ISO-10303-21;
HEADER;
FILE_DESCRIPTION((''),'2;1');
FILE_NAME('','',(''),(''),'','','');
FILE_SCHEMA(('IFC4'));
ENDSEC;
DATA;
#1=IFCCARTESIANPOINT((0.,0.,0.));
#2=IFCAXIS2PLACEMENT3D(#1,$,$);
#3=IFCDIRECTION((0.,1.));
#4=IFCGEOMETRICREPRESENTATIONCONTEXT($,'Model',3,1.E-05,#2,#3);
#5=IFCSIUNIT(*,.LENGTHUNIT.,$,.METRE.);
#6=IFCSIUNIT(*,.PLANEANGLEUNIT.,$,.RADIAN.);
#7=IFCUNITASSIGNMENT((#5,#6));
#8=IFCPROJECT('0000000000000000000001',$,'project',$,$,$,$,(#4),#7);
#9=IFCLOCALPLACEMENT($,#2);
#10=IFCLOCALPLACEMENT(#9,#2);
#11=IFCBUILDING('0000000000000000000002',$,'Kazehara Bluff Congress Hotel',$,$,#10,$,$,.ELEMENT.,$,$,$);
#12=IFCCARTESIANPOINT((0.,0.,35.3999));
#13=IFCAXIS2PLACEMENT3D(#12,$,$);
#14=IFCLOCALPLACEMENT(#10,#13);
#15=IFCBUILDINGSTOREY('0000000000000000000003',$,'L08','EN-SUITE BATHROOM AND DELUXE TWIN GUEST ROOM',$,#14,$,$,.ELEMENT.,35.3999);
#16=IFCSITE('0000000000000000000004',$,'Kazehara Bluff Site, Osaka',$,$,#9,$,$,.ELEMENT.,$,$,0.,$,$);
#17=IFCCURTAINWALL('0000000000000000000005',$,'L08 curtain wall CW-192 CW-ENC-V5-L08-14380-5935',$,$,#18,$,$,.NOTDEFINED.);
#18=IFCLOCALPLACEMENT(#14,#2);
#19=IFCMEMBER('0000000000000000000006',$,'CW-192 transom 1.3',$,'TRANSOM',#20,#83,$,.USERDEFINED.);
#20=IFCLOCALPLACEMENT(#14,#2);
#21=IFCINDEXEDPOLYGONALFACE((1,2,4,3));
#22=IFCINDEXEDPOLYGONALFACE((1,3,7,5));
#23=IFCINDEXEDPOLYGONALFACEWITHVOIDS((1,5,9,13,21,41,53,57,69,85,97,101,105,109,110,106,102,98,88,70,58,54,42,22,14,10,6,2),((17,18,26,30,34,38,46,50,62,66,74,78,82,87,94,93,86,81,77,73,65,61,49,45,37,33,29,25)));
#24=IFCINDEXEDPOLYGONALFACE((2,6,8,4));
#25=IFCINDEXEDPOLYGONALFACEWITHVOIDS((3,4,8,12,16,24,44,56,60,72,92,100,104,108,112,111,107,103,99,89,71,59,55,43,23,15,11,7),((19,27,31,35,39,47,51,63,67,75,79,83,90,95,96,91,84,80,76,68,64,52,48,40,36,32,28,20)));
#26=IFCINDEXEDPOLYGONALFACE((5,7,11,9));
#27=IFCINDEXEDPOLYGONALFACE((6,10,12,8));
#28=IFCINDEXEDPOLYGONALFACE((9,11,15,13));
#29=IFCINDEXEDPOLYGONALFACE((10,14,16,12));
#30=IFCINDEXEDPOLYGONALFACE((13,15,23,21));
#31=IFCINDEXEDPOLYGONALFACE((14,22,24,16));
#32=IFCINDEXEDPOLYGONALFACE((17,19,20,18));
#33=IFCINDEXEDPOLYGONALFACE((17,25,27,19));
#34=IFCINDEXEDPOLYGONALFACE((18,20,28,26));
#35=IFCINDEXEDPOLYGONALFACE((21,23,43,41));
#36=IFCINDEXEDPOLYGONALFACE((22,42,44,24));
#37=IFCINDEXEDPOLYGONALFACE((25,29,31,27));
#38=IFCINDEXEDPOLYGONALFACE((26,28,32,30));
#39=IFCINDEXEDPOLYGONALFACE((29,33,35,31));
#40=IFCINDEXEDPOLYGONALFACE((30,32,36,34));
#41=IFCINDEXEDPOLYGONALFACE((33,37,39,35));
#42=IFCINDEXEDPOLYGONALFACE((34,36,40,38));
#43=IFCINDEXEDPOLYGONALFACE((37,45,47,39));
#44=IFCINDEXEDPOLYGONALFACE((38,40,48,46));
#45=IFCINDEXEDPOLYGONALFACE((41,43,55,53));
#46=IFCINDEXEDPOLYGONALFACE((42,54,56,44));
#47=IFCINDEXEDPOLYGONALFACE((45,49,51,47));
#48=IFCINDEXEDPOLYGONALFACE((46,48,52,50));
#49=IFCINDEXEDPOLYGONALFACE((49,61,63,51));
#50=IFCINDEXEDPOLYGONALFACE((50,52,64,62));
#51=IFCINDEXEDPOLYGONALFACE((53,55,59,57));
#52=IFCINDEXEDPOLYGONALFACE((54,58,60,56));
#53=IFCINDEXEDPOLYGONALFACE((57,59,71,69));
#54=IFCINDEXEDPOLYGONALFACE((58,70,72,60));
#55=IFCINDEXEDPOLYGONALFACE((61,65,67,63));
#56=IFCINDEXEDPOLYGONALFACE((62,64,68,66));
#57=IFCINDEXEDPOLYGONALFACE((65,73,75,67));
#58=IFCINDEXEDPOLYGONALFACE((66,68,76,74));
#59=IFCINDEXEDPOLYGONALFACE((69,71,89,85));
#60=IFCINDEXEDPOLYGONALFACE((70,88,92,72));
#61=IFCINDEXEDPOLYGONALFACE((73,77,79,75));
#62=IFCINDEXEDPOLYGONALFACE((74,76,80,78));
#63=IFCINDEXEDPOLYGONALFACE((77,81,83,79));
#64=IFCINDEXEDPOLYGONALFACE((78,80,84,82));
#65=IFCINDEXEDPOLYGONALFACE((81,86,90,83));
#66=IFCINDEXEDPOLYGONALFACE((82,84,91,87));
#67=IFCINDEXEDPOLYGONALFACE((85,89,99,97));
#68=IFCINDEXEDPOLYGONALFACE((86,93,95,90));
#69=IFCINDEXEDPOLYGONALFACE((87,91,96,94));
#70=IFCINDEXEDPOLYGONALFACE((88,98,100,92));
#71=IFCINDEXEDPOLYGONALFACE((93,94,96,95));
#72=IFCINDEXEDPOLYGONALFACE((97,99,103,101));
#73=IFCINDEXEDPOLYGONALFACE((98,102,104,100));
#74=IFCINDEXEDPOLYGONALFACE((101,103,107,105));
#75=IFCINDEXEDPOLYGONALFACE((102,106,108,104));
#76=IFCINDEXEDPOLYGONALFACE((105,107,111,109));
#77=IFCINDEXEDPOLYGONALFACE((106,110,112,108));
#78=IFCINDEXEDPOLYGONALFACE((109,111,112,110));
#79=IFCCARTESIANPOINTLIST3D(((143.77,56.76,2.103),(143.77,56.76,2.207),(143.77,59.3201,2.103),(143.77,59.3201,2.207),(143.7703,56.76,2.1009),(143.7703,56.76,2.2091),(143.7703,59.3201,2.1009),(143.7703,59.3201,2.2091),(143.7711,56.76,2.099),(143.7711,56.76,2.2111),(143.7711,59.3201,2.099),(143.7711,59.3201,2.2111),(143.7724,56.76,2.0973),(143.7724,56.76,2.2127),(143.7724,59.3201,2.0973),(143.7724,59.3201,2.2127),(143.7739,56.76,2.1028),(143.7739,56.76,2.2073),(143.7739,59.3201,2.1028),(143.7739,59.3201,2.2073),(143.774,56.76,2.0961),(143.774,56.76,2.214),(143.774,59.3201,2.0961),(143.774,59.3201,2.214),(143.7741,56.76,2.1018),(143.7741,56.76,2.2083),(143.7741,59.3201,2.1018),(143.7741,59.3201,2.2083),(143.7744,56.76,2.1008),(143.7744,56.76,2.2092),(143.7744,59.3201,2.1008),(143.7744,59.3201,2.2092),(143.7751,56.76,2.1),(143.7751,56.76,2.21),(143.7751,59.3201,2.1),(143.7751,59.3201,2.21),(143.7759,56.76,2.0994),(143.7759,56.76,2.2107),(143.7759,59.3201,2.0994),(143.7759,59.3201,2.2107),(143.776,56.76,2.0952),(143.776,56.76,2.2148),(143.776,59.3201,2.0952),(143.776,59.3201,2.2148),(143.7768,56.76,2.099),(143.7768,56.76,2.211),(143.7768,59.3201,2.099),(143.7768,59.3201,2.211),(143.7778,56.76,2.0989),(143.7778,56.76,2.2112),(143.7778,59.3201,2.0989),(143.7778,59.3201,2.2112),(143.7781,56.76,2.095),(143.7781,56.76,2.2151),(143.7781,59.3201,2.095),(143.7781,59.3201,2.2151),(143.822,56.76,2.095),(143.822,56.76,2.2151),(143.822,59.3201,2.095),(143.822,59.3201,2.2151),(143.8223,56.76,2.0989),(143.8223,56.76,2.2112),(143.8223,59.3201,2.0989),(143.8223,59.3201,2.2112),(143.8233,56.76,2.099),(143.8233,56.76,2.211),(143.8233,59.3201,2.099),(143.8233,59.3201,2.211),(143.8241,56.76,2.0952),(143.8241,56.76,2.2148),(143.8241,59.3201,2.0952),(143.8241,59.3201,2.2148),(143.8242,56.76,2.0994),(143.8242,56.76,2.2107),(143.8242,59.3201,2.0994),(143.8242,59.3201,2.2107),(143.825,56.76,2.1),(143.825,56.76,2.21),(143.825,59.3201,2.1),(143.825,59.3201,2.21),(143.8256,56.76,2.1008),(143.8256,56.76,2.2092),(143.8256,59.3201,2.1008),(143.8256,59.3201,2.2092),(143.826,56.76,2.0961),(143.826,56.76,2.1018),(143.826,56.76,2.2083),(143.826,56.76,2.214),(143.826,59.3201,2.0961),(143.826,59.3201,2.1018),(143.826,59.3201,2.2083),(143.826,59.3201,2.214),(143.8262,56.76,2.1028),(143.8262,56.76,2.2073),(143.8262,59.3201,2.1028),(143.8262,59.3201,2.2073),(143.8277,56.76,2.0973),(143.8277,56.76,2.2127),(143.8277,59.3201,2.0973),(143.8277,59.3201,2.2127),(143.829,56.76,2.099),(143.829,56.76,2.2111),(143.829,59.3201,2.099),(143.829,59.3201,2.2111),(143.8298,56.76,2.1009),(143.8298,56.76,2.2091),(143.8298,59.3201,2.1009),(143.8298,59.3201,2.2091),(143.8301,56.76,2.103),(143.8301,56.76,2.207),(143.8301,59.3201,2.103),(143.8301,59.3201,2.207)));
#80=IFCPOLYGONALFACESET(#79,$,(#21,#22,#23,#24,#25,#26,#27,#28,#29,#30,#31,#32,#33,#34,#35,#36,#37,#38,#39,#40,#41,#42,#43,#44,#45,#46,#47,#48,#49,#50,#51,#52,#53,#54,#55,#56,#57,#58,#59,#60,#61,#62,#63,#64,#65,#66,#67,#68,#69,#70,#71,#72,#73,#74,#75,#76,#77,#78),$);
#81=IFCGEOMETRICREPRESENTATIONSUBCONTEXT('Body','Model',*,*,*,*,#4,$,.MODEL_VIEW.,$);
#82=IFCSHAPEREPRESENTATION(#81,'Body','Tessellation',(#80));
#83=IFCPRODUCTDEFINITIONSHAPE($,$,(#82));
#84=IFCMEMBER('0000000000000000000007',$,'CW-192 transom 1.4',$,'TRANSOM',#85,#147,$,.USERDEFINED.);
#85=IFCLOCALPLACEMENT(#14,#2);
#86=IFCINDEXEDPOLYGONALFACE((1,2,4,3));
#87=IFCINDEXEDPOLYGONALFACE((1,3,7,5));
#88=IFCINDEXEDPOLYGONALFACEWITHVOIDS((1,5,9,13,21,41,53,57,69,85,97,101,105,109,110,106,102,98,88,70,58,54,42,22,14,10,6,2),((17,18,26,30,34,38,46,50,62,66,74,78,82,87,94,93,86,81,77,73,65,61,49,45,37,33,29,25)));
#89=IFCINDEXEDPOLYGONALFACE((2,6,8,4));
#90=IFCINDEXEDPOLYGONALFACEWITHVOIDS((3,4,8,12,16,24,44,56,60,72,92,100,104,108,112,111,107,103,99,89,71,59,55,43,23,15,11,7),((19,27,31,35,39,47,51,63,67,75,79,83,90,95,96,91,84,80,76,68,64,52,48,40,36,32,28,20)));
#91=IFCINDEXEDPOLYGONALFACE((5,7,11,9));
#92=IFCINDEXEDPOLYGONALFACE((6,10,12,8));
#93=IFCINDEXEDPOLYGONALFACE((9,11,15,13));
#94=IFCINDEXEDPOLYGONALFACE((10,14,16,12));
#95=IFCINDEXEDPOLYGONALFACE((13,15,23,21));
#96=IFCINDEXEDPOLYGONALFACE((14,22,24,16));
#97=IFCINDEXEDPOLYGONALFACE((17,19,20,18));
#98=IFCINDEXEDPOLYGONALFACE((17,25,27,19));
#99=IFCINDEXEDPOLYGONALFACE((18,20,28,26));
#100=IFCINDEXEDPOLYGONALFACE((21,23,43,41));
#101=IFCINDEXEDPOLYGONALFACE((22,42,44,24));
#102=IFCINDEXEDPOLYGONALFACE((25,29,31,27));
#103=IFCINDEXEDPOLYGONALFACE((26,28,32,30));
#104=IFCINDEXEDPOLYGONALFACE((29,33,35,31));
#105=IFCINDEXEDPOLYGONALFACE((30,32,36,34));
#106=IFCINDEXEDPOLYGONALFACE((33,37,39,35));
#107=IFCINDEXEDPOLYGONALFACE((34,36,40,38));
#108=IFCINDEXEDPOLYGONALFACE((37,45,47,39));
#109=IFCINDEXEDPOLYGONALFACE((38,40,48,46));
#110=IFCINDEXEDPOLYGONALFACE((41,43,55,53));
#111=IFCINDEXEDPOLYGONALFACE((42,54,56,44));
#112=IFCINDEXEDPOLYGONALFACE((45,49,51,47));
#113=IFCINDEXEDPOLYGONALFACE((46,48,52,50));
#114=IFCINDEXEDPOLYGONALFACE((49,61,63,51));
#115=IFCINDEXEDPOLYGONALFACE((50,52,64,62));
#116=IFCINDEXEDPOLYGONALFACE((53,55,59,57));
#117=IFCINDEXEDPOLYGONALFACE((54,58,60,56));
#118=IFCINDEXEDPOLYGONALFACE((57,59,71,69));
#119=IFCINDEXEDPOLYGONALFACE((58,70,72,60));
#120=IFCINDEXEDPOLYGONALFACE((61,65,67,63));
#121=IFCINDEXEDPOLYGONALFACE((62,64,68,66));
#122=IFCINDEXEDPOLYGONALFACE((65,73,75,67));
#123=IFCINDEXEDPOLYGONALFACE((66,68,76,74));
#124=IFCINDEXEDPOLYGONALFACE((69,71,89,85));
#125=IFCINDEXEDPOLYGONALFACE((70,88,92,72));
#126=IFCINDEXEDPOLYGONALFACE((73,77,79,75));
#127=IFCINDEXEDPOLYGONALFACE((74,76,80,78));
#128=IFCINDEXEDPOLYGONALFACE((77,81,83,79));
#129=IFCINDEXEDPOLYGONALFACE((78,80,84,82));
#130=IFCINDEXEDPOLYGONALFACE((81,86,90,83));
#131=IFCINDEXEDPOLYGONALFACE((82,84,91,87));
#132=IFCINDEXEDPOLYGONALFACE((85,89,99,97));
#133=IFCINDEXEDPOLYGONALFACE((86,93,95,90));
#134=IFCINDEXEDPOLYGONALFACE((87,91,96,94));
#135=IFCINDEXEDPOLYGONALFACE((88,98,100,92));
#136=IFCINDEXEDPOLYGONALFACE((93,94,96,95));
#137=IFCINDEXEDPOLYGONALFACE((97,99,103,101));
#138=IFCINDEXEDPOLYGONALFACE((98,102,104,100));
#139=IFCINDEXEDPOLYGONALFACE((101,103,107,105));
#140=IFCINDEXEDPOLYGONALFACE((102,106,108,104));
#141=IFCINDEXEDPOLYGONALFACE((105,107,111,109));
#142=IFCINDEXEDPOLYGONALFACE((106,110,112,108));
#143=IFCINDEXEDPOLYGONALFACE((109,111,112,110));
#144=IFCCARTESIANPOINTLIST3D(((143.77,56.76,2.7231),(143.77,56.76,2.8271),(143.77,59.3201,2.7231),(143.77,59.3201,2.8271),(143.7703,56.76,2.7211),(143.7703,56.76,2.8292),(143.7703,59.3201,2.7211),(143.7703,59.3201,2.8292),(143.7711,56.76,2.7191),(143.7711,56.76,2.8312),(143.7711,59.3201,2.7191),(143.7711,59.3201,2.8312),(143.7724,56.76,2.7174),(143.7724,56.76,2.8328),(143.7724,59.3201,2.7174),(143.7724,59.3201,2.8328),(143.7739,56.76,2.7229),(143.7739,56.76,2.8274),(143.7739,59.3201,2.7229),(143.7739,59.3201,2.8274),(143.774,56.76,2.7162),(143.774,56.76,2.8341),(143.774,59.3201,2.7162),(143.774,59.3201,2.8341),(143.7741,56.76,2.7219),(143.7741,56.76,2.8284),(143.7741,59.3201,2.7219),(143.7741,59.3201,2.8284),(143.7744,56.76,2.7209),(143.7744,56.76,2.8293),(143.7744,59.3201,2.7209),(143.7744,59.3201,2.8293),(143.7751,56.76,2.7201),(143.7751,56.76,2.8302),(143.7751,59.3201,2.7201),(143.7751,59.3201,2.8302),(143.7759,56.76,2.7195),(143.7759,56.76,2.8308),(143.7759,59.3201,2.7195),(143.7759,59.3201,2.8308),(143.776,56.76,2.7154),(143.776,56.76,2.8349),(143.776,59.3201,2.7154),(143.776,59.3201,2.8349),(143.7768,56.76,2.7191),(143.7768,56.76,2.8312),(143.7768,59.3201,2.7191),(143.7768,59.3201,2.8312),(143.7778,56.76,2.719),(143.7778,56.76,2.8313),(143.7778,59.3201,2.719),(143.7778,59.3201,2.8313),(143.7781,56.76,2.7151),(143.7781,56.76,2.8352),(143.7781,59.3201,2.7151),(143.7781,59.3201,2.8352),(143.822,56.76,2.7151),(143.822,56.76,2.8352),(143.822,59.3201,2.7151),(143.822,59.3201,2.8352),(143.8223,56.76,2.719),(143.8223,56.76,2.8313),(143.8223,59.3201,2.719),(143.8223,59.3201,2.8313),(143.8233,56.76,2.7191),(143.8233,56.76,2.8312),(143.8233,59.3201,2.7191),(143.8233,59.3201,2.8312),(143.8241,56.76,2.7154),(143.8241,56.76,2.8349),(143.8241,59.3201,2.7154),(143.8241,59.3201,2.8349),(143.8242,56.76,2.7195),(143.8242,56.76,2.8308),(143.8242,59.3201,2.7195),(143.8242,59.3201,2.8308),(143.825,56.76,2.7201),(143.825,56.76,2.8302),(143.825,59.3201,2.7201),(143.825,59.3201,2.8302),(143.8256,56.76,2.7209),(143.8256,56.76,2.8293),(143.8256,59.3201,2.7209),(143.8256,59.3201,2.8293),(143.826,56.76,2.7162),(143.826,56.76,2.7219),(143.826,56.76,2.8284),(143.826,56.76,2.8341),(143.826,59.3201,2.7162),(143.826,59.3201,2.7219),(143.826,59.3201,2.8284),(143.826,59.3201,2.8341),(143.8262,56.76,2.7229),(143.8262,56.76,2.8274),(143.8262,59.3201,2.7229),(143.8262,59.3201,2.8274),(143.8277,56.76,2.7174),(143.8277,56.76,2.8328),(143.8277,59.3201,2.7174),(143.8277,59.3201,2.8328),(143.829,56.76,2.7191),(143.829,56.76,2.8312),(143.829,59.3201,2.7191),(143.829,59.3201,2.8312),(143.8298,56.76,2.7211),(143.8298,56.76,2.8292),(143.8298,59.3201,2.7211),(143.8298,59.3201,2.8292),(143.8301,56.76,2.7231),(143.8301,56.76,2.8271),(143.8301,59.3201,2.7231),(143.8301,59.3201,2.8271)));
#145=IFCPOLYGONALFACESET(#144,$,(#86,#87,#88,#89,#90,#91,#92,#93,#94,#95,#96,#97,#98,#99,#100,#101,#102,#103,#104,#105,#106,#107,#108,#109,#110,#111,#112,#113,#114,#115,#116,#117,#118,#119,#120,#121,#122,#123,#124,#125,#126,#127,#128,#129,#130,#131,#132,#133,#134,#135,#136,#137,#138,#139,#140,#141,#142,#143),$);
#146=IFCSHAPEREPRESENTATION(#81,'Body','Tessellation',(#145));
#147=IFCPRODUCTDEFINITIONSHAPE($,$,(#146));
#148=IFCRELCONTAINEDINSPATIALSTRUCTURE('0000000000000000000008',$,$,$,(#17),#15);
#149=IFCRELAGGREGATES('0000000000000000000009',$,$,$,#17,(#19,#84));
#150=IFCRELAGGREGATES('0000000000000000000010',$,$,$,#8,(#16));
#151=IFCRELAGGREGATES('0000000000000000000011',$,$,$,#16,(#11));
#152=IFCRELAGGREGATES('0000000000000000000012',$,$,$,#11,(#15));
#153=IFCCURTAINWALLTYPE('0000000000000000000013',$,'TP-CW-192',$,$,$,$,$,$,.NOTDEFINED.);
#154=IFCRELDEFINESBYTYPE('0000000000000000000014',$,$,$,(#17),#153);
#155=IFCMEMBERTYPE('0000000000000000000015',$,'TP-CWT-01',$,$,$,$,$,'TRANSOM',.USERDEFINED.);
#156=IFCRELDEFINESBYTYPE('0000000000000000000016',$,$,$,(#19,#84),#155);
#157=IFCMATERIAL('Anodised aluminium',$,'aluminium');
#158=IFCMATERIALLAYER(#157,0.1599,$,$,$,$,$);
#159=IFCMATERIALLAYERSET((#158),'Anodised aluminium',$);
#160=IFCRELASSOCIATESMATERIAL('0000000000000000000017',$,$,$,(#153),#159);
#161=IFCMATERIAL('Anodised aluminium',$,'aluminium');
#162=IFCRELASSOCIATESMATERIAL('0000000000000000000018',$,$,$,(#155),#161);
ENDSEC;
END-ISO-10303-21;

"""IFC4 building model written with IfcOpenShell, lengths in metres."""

from ifc_helpers import new_model, si_unit, direction, frame, origin, origin_2d, place, context, subcontext, project, spatial, hollow_rectangle, extrude, material, layer, layer_set, material_profile, profile_set, type_object, element, aggregate, save


model = new_model("IFC4")

# Units and contexts
model_context = context("Model", 3, precision=1e-05, world=origin(), true_north=direction((0.0, 1.0)))
body_context = subcontext(model_context, "Body", "Model", "MODEL_VIEW")
ifc_project = project(units=[si_unit("LENGTHUNIT", "METRE"), si_unit("PLANEANGLEUNIT", "RADIAN")], contexts=[model_context])

# Site, building, storey
site_placement = place(None, origin())
site = spatial("IfcSite", under=ifc_project, at=site_placement, Name="Kazehara Bluff Site, Osaka", CompositionType="ELEMENT", RefElevation=0.0)
building_placement = place(site_placement, origin())
building = spatial("IfcBuilding", under=site, at=building_placement, Name="Kazehara Bluff Congress Hotel", CompositionType="ELEMENT")
storey_placement = place(building_placement, frame((0.0, 0.0, 35.3999)))
storey = spatial("IfcBuildingStorey", under=building, at=storey_placement, Name="L08", Description="EN-SUITE BATHROOM AND DELUXE TWIN GUEST ROOM", CompositionType="ELEMENT", Elevation=35.3999)

# Curtain wall
ifc_material_1 = material(Name="Anodised aluminium", Category="aluminium")
ifc_layer_1 = layer(ifc_material_1, 0.1599)
ifc_layer_set_1 = layer_set([ifc_layer_1], Name="Anodised aluminium")
curtain_wall_type_1 = type_object("IfcCurtainWallType", Name="TP-CW-192", PredefinedType="NOTDEFINED", material=ifc_layer_set_1)
curtain_wall_1_placement = place(storey_placement, origin())
curtain_wall_1 = element("IfcCurtainWall", 1, at=curtain_wall_1_placement, inside=storey, type_object=curtain_wall_type_1, Name="L08 curtain wall CW-192 CW-ENC-V5-L08-14380-5935", PredefinedType="NOTDEFINED")

# Members
ifc_material_2 = material(Name="Anodised aluminium", Category="aluminium")
ifc_material_profile_1 = material_profile(ifc_material_2, hollow_rectangle(XDim=0.0601, YDim=0.1201, WallThickness=0.0039, InnerFilletRadius=0.0039, OuterFilletRadius=0.0081, at=origin_2d()))
ifc_profile_set_1 = profile_set([ifc_material_profile_1], Name="Anodised aluminium")
member_type_1 = type_object("IfcMemberType", Name="TP-CWT-01", ElementType="TRANSOM", PredefinedType="USERDEFINED", material=ifc_profile_set_1)
member_1_placement = place(storey_placement, frame((143.8, 56.76, 2.155), z_axis=(0.0, 1.0, 0.0), x_axis=(-1.0, 0.0, 0.0)))
member_1 = element("IfcMember", 2, at=member_1_placement, type_object=member_type_1, Name="CW-192 transom 1.3", ObjectType="TRANSOM", PredefinedType="USERDEFINED", context=body_context, shape_type="SweptSolid", body=[
    extrude(hollow_rectangle(XDim=0.0601, YDim=0.1201, WallThickness=0.0039, InnerFilletRadius=0.0039, OuterFilletRadius=0.0081, at=origin_2d()), origin(), (0.0, 0.0, 1.0), 2.5601),
])
member_2_placement = place(storey_placement, frame((143.8, 56.76, 2.7751), z_axis=(0.0, 1.0, 0.0), x_axis=(-1.0, 0.0, 0.0)))
member_2 = element("IfcMember", 3, at=member_2_placement, type_object=member_type_1, Name="CW-192 transom 1.4", ObjectType="TRANSOM", PredefinedType="USERDEFINED", context=body_context, shape_type="SweptSolid", body=[
    extrude(hollow_rectangle(XDim=0.0601, YDim=0.1201, WallThickness=0.0039, InnerFilletRadius=0.0039, OuterFilletRadius=0.0081, at=origin_2d()), origin(), (0.0, 0.0, 1.0), 2.5601),
])

aggregate(curtain_wall_1, [member_1, member_2])

save(model, "model.ifc")
